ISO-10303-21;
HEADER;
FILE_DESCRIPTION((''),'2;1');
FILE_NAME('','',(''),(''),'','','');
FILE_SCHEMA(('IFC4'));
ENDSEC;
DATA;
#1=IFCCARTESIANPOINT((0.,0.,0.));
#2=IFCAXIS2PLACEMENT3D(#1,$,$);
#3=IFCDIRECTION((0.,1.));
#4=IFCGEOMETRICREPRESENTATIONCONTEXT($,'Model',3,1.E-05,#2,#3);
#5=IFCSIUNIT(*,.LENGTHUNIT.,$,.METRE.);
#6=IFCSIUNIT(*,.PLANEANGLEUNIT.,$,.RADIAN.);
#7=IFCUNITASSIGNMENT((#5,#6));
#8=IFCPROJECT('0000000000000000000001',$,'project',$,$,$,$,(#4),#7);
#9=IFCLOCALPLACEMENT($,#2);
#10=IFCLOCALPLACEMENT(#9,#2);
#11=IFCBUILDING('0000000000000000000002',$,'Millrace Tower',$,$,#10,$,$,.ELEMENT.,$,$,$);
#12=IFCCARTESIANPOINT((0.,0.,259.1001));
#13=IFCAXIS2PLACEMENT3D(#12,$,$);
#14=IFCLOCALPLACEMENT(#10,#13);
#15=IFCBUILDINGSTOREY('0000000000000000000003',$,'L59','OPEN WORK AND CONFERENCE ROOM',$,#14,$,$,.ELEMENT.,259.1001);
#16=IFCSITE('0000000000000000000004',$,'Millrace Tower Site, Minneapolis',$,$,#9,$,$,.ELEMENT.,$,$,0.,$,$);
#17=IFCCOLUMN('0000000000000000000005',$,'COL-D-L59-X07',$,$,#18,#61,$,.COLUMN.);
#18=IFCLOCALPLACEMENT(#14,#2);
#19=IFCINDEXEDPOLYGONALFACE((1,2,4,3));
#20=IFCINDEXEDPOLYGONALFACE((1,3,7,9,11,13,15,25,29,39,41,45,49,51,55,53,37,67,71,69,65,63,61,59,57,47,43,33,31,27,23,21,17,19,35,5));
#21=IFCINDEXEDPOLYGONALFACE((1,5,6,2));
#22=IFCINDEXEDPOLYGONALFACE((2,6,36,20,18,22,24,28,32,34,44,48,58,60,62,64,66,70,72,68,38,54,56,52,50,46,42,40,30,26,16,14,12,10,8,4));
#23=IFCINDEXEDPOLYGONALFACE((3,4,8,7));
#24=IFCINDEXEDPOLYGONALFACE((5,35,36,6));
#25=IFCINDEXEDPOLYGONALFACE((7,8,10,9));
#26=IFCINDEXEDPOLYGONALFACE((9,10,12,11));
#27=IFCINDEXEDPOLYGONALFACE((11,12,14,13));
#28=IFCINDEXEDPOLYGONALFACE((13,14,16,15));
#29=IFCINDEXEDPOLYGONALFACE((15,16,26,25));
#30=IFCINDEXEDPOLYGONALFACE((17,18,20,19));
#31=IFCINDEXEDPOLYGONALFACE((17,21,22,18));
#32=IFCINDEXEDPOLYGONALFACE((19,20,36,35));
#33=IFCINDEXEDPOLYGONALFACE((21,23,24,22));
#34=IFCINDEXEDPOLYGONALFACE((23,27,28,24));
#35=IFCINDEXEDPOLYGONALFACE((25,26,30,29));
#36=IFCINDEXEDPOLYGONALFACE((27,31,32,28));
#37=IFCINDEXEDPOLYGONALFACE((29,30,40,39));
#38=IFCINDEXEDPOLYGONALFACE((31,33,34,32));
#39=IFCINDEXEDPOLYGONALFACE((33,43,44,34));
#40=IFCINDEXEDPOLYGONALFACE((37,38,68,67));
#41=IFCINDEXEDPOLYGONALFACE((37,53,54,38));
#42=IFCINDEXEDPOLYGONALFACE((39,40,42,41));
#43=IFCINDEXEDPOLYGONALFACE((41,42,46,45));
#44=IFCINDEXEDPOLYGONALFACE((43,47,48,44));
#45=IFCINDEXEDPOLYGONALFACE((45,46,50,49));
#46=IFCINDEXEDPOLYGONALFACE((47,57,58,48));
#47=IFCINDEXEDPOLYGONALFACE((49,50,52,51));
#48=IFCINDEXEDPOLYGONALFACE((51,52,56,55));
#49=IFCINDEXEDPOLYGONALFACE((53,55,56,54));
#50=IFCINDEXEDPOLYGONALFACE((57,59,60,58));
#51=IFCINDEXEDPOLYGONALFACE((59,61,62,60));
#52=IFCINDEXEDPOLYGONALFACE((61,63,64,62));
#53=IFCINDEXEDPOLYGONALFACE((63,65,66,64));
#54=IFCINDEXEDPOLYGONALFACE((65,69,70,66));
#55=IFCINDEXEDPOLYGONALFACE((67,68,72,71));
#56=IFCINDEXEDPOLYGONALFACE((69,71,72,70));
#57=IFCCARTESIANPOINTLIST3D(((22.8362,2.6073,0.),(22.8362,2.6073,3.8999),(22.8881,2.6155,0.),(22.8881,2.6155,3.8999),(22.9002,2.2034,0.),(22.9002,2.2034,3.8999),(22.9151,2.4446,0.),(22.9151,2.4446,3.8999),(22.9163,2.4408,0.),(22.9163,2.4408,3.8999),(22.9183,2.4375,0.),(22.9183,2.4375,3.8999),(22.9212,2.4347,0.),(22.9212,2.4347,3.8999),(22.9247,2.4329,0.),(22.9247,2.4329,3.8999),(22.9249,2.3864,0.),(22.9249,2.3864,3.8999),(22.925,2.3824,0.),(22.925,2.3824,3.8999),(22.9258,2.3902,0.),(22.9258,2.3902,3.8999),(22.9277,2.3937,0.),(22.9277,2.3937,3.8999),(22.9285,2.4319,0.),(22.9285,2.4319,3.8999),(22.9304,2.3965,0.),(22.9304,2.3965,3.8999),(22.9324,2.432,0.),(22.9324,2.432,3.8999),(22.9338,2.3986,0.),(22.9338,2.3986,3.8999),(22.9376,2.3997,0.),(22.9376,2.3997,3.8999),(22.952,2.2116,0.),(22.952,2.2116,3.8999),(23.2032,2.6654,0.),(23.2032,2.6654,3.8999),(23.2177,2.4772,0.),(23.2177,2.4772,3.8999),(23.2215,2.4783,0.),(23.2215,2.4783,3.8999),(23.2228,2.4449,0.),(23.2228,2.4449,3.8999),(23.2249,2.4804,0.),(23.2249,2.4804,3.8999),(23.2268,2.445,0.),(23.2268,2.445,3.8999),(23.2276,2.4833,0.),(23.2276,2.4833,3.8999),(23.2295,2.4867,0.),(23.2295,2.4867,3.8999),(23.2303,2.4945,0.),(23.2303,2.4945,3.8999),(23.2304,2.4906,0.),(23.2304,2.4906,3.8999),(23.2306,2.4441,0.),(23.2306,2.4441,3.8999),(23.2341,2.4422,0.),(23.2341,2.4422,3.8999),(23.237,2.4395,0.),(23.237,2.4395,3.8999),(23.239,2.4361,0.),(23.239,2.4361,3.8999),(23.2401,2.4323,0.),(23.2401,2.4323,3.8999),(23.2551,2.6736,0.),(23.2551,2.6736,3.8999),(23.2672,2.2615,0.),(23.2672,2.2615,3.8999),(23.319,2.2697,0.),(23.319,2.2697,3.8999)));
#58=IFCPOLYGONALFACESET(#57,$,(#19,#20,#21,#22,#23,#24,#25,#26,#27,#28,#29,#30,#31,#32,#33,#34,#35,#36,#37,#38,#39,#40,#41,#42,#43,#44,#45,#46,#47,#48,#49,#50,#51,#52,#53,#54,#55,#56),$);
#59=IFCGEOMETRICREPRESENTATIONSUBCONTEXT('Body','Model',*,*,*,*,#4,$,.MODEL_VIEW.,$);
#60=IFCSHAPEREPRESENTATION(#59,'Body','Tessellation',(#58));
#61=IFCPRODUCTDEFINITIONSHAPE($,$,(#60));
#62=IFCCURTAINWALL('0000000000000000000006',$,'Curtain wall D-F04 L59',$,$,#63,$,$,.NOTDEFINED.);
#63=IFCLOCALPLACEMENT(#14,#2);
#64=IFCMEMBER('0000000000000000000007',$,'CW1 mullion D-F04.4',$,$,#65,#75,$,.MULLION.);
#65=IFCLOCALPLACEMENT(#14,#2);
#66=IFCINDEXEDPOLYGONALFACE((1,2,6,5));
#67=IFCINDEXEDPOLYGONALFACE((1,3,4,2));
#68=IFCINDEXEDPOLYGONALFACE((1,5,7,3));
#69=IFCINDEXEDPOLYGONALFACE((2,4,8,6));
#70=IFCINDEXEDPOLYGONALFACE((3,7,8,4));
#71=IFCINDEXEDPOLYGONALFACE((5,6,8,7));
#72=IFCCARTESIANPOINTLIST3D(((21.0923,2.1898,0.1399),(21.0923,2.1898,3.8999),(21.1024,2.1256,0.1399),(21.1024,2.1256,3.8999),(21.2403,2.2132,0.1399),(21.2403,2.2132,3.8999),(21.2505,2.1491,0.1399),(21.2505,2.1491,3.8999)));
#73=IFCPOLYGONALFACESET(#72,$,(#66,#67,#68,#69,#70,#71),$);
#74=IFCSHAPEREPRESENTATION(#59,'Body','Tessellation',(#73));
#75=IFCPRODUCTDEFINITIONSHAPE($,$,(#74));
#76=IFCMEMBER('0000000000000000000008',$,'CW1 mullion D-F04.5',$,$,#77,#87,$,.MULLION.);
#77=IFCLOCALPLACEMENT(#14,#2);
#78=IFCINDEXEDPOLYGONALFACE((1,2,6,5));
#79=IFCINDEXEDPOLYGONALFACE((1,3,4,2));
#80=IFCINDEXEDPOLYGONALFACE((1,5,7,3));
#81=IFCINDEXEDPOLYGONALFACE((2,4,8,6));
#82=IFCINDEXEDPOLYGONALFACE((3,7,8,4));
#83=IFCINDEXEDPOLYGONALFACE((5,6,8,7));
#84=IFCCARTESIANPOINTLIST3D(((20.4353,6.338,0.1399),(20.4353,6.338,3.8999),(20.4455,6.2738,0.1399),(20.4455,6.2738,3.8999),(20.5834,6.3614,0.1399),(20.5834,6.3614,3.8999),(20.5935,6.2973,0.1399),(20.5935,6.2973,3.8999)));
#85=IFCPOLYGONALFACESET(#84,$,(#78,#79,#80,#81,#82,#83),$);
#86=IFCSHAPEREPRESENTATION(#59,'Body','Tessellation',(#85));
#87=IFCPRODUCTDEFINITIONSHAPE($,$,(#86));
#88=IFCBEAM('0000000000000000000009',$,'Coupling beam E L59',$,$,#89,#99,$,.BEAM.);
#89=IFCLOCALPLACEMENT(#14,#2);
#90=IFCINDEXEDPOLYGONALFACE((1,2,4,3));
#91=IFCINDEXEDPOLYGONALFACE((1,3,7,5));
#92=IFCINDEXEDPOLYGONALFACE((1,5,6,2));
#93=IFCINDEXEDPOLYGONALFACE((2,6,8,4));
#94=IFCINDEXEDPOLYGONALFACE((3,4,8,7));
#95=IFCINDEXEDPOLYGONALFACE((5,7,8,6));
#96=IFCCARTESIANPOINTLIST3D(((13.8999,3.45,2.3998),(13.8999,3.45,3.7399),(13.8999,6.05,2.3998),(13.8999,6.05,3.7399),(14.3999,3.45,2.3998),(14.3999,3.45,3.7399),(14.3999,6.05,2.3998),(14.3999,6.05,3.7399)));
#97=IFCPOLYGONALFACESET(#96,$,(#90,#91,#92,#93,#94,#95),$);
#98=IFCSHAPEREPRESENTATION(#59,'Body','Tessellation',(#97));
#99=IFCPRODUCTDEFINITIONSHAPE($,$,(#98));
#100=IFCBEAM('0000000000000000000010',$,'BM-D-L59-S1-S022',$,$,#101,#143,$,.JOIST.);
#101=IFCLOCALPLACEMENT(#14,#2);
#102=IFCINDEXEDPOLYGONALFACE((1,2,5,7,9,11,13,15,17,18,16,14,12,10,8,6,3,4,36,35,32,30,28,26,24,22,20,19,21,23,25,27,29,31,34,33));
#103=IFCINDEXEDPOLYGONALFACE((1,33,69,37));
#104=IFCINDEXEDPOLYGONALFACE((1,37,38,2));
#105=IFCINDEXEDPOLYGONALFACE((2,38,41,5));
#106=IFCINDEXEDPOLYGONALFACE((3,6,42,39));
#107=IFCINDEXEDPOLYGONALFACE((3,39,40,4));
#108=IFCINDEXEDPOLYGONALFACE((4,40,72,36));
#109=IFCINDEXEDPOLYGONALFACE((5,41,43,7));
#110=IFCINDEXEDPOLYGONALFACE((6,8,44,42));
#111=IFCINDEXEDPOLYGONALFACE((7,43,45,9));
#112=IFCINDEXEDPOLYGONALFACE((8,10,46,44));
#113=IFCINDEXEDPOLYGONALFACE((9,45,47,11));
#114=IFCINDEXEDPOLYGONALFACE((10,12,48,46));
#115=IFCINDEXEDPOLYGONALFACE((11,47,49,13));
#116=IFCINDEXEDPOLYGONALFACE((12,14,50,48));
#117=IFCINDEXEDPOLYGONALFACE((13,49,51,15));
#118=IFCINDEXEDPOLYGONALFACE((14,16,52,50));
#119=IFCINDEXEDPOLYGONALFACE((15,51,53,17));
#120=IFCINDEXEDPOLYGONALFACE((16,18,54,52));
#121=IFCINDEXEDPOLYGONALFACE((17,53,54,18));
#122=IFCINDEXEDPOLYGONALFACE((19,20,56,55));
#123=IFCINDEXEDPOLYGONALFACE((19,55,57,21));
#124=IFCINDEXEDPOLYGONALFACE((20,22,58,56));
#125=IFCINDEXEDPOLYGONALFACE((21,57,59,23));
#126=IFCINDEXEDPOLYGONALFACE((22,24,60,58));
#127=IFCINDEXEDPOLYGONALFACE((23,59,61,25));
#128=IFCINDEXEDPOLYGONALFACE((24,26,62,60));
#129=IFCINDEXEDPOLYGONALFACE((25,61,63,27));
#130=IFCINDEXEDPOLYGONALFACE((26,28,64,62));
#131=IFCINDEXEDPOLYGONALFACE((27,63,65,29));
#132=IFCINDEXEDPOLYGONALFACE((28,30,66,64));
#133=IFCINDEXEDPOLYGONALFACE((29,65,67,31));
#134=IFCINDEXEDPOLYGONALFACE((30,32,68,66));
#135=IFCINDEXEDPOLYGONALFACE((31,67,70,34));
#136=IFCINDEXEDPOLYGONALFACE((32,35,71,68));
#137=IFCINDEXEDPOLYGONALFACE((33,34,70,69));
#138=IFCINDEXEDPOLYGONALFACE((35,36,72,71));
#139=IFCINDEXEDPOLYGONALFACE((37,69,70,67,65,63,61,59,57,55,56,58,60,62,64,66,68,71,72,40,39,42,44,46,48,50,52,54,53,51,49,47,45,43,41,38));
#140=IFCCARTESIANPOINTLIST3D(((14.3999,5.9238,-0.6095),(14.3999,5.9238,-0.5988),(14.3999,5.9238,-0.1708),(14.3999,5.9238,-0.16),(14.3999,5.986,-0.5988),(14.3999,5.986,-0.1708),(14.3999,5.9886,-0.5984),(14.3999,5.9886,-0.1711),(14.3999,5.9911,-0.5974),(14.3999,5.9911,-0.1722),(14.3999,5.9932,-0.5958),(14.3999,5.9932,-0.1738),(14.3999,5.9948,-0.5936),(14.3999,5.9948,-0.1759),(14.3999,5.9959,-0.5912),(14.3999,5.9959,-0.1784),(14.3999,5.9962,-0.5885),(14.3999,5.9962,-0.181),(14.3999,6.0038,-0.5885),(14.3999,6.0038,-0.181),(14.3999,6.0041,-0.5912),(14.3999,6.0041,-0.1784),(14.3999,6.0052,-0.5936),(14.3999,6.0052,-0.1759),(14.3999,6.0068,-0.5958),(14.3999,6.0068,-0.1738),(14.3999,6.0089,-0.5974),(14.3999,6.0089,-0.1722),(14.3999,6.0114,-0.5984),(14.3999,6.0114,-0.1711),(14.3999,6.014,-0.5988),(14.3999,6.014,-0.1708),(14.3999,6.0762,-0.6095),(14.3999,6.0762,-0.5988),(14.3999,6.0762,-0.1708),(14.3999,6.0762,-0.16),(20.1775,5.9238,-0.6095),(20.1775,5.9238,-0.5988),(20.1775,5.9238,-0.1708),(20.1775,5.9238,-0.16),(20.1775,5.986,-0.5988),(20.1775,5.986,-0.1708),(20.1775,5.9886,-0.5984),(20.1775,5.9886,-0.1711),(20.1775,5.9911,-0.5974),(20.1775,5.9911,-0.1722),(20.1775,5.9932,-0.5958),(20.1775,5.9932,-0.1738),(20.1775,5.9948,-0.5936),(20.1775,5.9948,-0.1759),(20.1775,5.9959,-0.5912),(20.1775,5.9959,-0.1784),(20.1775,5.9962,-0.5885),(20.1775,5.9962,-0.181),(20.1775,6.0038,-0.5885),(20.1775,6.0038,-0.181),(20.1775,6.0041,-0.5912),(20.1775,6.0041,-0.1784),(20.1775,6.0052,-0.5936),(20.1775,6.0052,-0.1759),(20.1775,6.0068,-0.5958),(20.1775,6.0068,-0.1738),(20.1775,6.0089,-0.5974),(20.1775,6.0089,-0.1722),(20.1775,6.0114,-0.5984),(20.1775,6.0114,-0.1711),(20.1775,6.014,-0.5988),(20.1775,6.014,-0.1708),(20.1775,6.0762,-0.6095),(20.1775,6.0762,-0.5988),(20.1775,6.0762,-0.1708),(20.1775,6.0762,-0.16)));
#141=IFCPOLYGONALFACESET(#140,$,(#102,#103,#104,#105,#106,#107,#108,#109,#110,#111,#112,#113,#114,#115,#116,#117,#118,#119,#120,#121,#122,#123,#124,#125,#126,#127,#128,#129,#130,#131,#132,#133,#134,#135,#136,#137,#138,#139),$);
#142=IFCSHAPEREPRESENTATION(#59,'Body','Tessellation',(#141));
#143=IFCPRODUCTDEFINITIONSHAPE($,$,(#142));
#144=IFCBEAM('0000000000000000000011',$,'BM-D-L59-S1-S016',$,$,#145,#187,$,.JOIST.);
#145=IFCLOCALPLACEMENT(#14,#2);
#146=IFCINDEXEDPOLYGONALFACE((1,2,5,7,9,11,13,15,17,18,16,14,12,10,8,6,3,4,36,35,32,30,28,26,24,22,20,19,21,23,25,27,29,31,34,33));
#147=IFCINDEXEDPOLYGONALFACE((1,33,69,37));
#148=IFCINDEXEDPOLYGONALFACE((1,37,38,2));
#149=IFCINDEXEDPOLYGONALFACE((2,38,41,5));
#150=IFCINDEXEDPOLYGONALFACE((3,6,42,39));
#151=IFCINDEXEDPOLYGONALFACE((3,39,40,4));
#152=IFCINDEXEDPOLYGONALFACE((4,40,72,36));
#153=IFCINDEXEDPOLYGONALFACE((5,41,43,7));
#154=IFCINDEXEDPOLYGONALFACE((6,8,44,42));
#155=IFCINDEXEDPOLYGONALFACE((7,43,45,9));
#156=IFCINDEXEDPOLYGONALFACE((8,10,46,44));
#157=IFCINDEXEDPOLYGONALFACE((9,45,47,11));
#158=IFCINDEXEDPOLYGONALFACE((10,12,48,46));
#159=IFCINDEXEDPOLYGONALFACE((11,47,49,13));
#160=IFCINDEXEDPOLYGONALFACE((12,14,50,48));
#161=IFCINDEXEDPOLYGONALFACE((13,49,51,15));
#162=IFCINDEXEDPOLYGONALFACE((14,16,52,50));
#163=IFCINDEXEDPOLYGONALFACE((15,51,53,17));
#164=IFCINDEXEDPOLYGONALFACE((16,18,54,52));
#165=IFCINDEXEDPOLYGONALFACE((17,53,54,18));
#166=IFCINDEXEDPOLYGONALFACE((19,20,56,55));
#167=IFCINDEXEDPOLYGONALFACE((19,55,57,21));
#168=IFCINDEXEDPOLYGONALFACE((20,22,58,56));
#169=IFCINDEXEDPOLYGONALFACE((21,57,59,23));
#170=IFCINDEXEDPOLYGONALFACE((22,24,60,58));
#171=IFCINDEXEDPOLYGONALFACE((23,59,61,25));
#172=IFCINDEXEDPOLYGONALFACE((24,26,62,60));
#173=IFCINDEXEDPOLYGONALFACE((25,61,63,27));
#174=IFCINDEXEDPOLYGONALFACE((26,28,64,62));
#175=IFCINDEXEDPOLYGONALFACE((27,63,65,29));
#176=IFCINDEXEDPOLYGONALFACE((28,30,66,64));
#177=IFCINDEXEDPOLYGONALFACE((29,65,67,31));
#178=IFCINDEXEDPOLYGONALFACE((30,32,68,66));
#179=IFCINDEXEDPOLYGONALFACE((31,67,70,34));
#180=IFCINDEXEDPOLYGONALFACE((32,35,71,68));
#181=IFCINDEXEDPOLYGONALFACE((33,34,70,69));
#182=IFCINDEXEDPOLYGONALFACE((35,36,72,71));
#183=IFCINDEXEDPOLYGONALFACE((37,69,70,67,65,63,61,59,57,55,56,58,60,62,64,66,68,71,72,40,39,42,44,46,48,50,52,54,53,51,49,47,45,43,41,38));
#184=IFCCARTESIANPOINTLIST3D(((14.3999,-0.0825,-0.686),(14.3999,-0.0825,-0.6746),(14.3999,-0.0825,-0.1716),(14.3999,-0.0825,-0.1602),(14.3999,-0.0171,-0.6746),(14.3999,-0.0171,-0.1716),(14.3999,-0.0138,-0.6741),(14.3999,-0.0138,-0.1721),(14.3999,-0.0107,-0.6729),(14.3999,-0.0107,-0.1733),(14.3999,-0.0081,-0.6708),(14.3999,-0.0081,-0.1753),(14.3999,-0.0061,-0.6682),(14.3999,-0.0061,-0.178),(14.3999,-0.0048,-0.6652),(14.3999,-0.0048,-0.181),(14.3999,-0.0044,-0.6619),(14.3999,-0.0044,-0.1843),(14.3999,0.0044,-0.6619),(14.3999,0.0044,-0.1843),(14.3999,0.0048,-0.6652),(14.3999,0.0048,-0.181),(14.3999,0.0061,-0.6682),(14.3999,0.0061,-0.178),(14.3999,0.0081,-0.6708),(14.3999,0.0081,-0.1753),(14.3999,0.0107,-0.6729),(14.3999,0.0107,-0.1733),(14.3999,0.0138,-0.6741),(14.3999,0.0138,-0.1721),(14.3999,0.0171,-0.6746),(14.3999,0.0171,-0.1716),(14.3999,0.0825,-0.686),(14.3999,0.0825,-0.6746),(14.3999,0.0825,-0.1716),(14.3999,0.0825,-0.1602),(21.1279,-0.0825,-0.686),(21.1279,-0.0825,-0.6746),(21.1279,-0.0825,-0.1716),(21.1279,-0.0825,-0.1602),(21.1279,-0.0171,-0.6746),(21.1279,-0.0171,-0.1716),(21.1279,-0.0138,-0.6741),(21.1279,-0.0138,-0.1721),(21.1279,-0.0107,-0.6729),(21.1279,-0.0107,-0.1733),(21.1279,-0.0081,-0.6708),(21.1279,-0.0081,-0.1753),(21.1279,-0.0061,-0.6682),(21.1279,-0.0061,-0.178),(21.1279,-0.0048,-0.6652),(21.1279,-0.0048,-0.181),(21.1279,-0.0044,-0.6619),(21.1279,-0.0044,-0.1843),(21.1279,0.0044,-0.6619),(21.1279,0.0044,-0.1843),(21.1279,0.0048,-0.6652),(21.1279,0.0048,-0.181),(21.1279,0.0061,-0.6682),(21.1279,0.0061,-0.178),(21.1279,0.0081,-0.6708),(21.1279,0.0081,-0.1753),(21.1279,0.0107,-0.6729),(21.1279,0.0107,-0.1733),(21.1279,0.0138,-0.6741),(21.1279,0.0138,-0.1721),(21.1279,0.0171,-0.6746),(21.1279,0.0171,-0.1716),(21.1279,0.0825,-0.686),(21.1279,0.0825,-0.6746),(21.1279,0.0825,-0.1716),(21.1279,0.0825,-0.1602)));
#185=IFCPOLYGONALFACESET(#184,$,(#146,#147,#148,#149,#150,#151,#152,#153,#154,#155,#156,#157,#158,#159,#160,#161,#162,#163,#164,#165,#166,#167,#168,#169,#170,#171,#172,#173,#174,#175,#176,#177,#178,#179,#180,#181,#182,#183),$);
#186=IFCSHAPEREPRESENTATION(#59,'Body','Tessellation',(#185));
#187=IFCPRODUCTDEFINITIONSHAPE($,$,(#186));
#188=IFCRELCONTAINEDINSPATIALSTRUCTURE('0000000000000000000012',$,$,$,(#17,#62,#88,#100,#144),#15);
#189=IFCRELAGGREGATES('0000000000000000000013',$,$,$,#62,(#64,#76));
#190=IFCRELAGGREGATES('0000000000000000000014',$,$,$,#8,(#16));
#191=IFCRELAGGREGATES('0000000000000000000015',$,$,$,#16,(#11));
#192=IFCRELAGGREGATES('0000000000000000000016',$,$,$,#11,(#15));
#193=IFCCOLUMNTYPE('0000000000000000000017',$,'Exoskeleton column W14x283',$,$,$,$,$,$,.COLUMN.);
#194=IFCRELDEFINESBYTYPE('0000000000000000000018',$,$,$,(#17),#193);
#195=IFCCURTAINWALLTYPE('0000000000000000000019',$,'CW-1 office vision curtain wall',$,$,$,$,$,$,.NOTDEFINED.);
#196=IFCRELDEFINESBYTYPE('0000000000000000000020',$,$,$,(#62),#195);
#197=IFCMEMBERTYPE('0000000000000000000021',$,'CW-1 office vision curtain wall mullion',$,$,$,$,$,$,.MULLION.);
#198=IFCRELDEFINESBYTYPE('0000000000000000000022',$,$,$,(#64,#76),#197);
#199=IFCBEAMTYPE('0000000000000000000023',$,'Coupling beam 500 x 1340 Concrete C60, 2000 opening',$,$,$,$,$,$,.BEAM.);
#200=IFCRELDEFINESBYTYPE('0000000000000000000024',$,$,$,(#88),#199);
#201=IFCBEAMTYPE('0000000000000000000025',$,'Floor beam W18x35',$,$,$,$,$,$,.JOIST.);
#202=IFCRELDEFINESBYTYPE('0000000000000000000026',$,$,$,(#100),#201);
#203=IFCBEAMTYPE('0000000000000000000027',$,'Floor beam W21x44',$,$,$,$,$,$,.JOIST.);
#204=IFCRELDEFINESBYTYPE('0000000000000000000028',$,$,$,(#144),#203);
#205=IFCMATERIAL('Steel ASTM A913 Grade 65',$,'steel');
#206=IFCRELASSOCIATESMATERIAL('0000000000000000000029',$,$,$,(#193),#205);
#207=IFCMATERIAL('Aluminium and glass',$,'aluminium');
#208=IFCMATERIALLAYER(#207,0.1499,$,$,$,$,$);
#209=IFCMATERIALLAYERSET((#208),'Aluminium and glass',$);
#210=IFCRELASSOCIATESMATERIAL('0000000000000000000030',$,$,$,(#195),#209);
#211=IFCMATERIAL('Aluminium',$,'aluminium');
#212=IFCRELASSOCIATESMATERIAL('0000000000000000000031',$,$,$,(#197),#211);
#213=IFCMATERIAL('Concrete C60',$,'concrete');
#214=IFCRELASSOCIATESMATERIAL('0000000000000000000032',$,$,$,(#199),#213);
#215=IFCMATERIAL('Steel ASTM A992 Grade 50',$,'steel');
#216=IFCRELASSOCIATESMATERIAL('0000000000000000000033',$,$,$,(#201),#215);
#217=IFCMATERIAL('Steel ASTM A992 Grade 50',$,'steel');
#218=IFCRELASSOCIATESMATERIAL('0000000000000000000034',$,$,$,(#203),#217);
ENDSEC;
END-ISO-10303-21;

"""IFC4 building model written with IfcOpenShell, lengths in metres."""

from ifc_helpers import new_model, si_unit, direction, frame, origin, origin_2d, place, context, subcontext, project, spatial, rectangle, i_section, extrude, material, layer, layer_set, material_profile, profile_set, type_object, element, aggregate, save


model = new_model("IFC4")

# Units and contexts
model_context = context("Model", 3, precision=1e-05, world=origin(), true_north=direction((0.0, 1.0)))
body_context = subcontext(model_context, "Body", "Model", "MODEL_VIEW")
ifc_project = project(units=[si_unit("LENGTHUNIT", "METRE"), si_unit("PLANEANGLEUNIT", "RADIAN")], contexts=[model_context])

# Site, building, storey
site_placement = place(None, origin())
site = spatial("IfcSite", under=ifc_project, at=site_placement, Name="Millrace Tower Site, Minneapolis", CompositionType="ELEMENT", RefElevation=0.0)
building_placement = place(site_placement, origin())
building = spatial("IfcBuilding", under=site, at=building_placement, Name="Millrace Tower", CompositionType="ELEMENT")
storey_placement = place(building_placement, frame((0.0, 0.0, 259.1001)))
storey = spatial("IfcBuildingStorey", under=building, at=storey_placement, Name="L59", Description="OPEN WORK AND CONFERENCE ROOM", CompositionType="ELEMENT", Elevation=259.1001)

# Column
ifc_material_1 = material(Name="Steel ASTM A913 Grade 65", Category="steel")
ifc_material_profile_1 = material_profile(ifc_material_1, i_section(OverallWidth=0.4089, OverallDepth=0.4241, WebThickness=0.0327, FlangeThickness=0.0525, FilletRadius=0.0151, at=origin_2d()))
ifc_profile_set_1 = profile_set([ifc_material_profile_1], Name="Steel ASTM A913 Grade 65")
column_type = type_object("IfcColumnType", Name="Exoskeleton column W14x283", PredefinedType="COLUMN", material=ifc_profile_set_1)
column_placement = place(storey_placement, frame((23.0776, 2.4385, 0.0), z_axis=(0.0, 0.0, 1.0), x_axis=(-0.156434, 0.987688, 0.0)))
element("IfcColumn", 1, at=column_placement, inside=storey, type_object=column_type, Name="COL-D-L59-X07", PredefinedType="COLUMN", context=body_context, shape_type="SweptSolid", body=[
    extrude(i_section(OverallWidth=0.4089, OverallDepth=0.4241, WebThickness=0.0327, FlangeThickness=0.0525, FilletRadius=0.0151, at=origin_2d()), origin(), (0.0, 0.0, 1.0), 3.8999),
])

# Curtain wall, members
ifc_material_2 = material(Name="Aluminium and glass", Category="aluminium")
ifc_layer_1 = layer(ifc_material_2, 0.1499)
ifc_layer_set_1 = layer_set([ifc_layer_1], Name="Aluminium and glass")
curtain_wall_type = type_object("IfcCurtainWallType", Name="CW-1 office vision curtain wall", PredefinedType="NOTDEFINED", material=ifc_layer_set_1)
curtain_wall_placement = place(storey_placement, origin())
curtain_wall = element("IfcCurtainWall", 2, at=curtain_wall_placement, inside=storey, type_object=curtain_wall_type, Name="Curtain wall D-F04 L59", PredefinedType="NOTDEFINED")
ifc_material_3 = material(Name="Aluminium", Category="aluminium")
ifc_material_profile_2 = material_profile(ifc_material_3, rectangle(XDim=0.0649, YDim=0.1499, at=origin_2d()))
ifc_profile_set_2 = profile_set([ifc_material_profile_2], Name="Aluminium")
member_type = type_object("IfcMemberType", Name="CW-1 office vision curtain wall mullion", PredefinedType="MULLION", material=ifc_profile_set_2)
member_1_placement = place(storey_placement, frame((21.1714, 2.1694, 0.1399), z_axis=(0.0, 0.0, 1.0), x_axis=(-0.156434, 0.987688, 0.0)))
member_1 = element("IfcMember", 3, at=member_1_placement, type_object=member_type, Name="CW1 mullion D-F04.4", PredefinedType="MULLION", context=body_context, shape_type="SweptSolid", body=[
    extrude(rectangle(XDim=0.0649, YDim=0.1499, at=origin_2d()), origin(), (0.0, 0.0, 1.0), 3.76),
])
member_2_placement = place(storey_placement, frame((20.5144, 6.3176, 0.1399), z_axis=(0.0, 0.0, 1.0), x_axis=(-0.156434, 0.987688, 0.0)))
member_2 = element("IfcMember", 4, at=member_2_placement, type_object=member_type, Name="CW1 mullion D-F04.5", PredefinedType="MULLION", context=body_context, shape_type="SweptSolid", body=[
    extrude(rectangle(XDim=0.0649, YDim=0.1499, at=origin_2d()), origin(), (0.0, 0.0, 1.0), 3.76),
])
aggregate(curtain_wall, [member_1, member_2])

# Beams
ifc_material_4 = material(Name="Concrete C60", Category="concrete")
ifc_material_profile_3 = material_profile(ifc_material_4, rectangle(XDim=0.5, YDim=1.3401, at=origin_2d()))
ifc_profile_set_3 = profile_set([ifc_material_profile_3], Name="Concrete C60")
beam_type_1 = type_object("IfcBeamType", Name="Coupling beam 500 x 1340 Concrete C60, 2000 opening", PredefinedType="BEAM", material=ifc_profile_set_3)
beam_1_placement = place(storey_placement, frame((14.1499, 6.05, 3.0698), z_axis=(0.0, -1.0, 0.0), x_axis=(1.0, 0.0, 0.0)))
element("IfcBeam", 5, at=beam_1_placement, inside=storey, type_object=beam_type_1, Name="Coupling beam E L59", PredefinedType="BEAM", context=body_context, shape_type="SweptSolid", body=[
    extrude(rectangle(XDim=0.5, YDim=1.3401, at=origin_2d()), origin(), (0.0, 0.0, 1.0), 2.6001),
])
ifc_material_5 = material(Name="Steel ASTM A992 Grade 50", Category="steel")
ifc_material_profile_4 = material_profile(ifc_material_5, i_section(OverallWidth=0.1523, OverallDepth=0.4495, WebThickness=0.0076, FlangeThickness=0.0107, FilletRadius=0.0103, at=origin_2d()))
ifc_profile_set_4 = profile_set([ifc_material_profile_4], Name="Steel ASTM A992 Grade 50")
beam_type_2 = type_object("IfcBeamType", Name="Floor beam W18x35", PredefinedType="JOIST", material=ifc_profile_set_4)
beam_2_placement = place(storey_placement, frame((14.3999, 6.0, -0.3848), z_axis=(1.0, 0.0, 0.0), x_axis=(0.0, 1.0, 0.0)))
element("IfcBeam", 6, at=beam_2_placement, inside=storey, type_object=beam_type_2, Name="BM-D-L59-S1-S022", PredefinedType="JOIST", context=body_context, shape_type="SweptSolid", body=[
    extrude(i_section(OverallWidth=0.1523, OverallDepth=0.4495, WebThickness=0.0076, FlangeThickness=0.0107, FilletRadius=0.0103, at=origin_2d()), origin(), (0.0, 0.0, 1.0), 5.7776),
])
ifc_material_6 = material(Name="Steel ASTM A992 Grade 50", Category="steel")
ifc_material_profile_5 = material_profile(ifc_material_6, i_section(OverallWidth=0.165, OverallDepth=0.5259, WebThickness=0.0088, FlangeThickness=0.0115, FilletRadius=0.0127, at=origin_2d()))
ifc_profile_set_5 = profile_set([ifc_material_profile_5], Name="Steel ASTM A992 Grade 50")
beam_type_3 = type_object("IfcBeamType", Name="Floor beam W21x44", PredefinedType="JOIST", material=ifc_profile_set_5)
beam_3_placement = place(storey_placement, frame((14.3999, 0.0, -0.4231), z_axis=(1.0, 0.0, 0.0), x_axis=(0.0, 1.0, 0.0)))
element("IfcBeam", 7, at=beam_3_placement, inside=storey, type_object=beam_type_3, Name="BM-D-L59-S1-S016", PredefinedType="JOIST", context=body_context, shape_type="SweptSolid", body=[
    extrude(i_section(OverallWidth=0.165, OverallDepth=0.5259, WebThickness=0.0088, FlangeThickness=0.0115, FilletRadius=0.0127, at=origin_2d()), origin(), (0.0, 0.0, 1.0), 6.728),
])

save(model, "model.ifc")
